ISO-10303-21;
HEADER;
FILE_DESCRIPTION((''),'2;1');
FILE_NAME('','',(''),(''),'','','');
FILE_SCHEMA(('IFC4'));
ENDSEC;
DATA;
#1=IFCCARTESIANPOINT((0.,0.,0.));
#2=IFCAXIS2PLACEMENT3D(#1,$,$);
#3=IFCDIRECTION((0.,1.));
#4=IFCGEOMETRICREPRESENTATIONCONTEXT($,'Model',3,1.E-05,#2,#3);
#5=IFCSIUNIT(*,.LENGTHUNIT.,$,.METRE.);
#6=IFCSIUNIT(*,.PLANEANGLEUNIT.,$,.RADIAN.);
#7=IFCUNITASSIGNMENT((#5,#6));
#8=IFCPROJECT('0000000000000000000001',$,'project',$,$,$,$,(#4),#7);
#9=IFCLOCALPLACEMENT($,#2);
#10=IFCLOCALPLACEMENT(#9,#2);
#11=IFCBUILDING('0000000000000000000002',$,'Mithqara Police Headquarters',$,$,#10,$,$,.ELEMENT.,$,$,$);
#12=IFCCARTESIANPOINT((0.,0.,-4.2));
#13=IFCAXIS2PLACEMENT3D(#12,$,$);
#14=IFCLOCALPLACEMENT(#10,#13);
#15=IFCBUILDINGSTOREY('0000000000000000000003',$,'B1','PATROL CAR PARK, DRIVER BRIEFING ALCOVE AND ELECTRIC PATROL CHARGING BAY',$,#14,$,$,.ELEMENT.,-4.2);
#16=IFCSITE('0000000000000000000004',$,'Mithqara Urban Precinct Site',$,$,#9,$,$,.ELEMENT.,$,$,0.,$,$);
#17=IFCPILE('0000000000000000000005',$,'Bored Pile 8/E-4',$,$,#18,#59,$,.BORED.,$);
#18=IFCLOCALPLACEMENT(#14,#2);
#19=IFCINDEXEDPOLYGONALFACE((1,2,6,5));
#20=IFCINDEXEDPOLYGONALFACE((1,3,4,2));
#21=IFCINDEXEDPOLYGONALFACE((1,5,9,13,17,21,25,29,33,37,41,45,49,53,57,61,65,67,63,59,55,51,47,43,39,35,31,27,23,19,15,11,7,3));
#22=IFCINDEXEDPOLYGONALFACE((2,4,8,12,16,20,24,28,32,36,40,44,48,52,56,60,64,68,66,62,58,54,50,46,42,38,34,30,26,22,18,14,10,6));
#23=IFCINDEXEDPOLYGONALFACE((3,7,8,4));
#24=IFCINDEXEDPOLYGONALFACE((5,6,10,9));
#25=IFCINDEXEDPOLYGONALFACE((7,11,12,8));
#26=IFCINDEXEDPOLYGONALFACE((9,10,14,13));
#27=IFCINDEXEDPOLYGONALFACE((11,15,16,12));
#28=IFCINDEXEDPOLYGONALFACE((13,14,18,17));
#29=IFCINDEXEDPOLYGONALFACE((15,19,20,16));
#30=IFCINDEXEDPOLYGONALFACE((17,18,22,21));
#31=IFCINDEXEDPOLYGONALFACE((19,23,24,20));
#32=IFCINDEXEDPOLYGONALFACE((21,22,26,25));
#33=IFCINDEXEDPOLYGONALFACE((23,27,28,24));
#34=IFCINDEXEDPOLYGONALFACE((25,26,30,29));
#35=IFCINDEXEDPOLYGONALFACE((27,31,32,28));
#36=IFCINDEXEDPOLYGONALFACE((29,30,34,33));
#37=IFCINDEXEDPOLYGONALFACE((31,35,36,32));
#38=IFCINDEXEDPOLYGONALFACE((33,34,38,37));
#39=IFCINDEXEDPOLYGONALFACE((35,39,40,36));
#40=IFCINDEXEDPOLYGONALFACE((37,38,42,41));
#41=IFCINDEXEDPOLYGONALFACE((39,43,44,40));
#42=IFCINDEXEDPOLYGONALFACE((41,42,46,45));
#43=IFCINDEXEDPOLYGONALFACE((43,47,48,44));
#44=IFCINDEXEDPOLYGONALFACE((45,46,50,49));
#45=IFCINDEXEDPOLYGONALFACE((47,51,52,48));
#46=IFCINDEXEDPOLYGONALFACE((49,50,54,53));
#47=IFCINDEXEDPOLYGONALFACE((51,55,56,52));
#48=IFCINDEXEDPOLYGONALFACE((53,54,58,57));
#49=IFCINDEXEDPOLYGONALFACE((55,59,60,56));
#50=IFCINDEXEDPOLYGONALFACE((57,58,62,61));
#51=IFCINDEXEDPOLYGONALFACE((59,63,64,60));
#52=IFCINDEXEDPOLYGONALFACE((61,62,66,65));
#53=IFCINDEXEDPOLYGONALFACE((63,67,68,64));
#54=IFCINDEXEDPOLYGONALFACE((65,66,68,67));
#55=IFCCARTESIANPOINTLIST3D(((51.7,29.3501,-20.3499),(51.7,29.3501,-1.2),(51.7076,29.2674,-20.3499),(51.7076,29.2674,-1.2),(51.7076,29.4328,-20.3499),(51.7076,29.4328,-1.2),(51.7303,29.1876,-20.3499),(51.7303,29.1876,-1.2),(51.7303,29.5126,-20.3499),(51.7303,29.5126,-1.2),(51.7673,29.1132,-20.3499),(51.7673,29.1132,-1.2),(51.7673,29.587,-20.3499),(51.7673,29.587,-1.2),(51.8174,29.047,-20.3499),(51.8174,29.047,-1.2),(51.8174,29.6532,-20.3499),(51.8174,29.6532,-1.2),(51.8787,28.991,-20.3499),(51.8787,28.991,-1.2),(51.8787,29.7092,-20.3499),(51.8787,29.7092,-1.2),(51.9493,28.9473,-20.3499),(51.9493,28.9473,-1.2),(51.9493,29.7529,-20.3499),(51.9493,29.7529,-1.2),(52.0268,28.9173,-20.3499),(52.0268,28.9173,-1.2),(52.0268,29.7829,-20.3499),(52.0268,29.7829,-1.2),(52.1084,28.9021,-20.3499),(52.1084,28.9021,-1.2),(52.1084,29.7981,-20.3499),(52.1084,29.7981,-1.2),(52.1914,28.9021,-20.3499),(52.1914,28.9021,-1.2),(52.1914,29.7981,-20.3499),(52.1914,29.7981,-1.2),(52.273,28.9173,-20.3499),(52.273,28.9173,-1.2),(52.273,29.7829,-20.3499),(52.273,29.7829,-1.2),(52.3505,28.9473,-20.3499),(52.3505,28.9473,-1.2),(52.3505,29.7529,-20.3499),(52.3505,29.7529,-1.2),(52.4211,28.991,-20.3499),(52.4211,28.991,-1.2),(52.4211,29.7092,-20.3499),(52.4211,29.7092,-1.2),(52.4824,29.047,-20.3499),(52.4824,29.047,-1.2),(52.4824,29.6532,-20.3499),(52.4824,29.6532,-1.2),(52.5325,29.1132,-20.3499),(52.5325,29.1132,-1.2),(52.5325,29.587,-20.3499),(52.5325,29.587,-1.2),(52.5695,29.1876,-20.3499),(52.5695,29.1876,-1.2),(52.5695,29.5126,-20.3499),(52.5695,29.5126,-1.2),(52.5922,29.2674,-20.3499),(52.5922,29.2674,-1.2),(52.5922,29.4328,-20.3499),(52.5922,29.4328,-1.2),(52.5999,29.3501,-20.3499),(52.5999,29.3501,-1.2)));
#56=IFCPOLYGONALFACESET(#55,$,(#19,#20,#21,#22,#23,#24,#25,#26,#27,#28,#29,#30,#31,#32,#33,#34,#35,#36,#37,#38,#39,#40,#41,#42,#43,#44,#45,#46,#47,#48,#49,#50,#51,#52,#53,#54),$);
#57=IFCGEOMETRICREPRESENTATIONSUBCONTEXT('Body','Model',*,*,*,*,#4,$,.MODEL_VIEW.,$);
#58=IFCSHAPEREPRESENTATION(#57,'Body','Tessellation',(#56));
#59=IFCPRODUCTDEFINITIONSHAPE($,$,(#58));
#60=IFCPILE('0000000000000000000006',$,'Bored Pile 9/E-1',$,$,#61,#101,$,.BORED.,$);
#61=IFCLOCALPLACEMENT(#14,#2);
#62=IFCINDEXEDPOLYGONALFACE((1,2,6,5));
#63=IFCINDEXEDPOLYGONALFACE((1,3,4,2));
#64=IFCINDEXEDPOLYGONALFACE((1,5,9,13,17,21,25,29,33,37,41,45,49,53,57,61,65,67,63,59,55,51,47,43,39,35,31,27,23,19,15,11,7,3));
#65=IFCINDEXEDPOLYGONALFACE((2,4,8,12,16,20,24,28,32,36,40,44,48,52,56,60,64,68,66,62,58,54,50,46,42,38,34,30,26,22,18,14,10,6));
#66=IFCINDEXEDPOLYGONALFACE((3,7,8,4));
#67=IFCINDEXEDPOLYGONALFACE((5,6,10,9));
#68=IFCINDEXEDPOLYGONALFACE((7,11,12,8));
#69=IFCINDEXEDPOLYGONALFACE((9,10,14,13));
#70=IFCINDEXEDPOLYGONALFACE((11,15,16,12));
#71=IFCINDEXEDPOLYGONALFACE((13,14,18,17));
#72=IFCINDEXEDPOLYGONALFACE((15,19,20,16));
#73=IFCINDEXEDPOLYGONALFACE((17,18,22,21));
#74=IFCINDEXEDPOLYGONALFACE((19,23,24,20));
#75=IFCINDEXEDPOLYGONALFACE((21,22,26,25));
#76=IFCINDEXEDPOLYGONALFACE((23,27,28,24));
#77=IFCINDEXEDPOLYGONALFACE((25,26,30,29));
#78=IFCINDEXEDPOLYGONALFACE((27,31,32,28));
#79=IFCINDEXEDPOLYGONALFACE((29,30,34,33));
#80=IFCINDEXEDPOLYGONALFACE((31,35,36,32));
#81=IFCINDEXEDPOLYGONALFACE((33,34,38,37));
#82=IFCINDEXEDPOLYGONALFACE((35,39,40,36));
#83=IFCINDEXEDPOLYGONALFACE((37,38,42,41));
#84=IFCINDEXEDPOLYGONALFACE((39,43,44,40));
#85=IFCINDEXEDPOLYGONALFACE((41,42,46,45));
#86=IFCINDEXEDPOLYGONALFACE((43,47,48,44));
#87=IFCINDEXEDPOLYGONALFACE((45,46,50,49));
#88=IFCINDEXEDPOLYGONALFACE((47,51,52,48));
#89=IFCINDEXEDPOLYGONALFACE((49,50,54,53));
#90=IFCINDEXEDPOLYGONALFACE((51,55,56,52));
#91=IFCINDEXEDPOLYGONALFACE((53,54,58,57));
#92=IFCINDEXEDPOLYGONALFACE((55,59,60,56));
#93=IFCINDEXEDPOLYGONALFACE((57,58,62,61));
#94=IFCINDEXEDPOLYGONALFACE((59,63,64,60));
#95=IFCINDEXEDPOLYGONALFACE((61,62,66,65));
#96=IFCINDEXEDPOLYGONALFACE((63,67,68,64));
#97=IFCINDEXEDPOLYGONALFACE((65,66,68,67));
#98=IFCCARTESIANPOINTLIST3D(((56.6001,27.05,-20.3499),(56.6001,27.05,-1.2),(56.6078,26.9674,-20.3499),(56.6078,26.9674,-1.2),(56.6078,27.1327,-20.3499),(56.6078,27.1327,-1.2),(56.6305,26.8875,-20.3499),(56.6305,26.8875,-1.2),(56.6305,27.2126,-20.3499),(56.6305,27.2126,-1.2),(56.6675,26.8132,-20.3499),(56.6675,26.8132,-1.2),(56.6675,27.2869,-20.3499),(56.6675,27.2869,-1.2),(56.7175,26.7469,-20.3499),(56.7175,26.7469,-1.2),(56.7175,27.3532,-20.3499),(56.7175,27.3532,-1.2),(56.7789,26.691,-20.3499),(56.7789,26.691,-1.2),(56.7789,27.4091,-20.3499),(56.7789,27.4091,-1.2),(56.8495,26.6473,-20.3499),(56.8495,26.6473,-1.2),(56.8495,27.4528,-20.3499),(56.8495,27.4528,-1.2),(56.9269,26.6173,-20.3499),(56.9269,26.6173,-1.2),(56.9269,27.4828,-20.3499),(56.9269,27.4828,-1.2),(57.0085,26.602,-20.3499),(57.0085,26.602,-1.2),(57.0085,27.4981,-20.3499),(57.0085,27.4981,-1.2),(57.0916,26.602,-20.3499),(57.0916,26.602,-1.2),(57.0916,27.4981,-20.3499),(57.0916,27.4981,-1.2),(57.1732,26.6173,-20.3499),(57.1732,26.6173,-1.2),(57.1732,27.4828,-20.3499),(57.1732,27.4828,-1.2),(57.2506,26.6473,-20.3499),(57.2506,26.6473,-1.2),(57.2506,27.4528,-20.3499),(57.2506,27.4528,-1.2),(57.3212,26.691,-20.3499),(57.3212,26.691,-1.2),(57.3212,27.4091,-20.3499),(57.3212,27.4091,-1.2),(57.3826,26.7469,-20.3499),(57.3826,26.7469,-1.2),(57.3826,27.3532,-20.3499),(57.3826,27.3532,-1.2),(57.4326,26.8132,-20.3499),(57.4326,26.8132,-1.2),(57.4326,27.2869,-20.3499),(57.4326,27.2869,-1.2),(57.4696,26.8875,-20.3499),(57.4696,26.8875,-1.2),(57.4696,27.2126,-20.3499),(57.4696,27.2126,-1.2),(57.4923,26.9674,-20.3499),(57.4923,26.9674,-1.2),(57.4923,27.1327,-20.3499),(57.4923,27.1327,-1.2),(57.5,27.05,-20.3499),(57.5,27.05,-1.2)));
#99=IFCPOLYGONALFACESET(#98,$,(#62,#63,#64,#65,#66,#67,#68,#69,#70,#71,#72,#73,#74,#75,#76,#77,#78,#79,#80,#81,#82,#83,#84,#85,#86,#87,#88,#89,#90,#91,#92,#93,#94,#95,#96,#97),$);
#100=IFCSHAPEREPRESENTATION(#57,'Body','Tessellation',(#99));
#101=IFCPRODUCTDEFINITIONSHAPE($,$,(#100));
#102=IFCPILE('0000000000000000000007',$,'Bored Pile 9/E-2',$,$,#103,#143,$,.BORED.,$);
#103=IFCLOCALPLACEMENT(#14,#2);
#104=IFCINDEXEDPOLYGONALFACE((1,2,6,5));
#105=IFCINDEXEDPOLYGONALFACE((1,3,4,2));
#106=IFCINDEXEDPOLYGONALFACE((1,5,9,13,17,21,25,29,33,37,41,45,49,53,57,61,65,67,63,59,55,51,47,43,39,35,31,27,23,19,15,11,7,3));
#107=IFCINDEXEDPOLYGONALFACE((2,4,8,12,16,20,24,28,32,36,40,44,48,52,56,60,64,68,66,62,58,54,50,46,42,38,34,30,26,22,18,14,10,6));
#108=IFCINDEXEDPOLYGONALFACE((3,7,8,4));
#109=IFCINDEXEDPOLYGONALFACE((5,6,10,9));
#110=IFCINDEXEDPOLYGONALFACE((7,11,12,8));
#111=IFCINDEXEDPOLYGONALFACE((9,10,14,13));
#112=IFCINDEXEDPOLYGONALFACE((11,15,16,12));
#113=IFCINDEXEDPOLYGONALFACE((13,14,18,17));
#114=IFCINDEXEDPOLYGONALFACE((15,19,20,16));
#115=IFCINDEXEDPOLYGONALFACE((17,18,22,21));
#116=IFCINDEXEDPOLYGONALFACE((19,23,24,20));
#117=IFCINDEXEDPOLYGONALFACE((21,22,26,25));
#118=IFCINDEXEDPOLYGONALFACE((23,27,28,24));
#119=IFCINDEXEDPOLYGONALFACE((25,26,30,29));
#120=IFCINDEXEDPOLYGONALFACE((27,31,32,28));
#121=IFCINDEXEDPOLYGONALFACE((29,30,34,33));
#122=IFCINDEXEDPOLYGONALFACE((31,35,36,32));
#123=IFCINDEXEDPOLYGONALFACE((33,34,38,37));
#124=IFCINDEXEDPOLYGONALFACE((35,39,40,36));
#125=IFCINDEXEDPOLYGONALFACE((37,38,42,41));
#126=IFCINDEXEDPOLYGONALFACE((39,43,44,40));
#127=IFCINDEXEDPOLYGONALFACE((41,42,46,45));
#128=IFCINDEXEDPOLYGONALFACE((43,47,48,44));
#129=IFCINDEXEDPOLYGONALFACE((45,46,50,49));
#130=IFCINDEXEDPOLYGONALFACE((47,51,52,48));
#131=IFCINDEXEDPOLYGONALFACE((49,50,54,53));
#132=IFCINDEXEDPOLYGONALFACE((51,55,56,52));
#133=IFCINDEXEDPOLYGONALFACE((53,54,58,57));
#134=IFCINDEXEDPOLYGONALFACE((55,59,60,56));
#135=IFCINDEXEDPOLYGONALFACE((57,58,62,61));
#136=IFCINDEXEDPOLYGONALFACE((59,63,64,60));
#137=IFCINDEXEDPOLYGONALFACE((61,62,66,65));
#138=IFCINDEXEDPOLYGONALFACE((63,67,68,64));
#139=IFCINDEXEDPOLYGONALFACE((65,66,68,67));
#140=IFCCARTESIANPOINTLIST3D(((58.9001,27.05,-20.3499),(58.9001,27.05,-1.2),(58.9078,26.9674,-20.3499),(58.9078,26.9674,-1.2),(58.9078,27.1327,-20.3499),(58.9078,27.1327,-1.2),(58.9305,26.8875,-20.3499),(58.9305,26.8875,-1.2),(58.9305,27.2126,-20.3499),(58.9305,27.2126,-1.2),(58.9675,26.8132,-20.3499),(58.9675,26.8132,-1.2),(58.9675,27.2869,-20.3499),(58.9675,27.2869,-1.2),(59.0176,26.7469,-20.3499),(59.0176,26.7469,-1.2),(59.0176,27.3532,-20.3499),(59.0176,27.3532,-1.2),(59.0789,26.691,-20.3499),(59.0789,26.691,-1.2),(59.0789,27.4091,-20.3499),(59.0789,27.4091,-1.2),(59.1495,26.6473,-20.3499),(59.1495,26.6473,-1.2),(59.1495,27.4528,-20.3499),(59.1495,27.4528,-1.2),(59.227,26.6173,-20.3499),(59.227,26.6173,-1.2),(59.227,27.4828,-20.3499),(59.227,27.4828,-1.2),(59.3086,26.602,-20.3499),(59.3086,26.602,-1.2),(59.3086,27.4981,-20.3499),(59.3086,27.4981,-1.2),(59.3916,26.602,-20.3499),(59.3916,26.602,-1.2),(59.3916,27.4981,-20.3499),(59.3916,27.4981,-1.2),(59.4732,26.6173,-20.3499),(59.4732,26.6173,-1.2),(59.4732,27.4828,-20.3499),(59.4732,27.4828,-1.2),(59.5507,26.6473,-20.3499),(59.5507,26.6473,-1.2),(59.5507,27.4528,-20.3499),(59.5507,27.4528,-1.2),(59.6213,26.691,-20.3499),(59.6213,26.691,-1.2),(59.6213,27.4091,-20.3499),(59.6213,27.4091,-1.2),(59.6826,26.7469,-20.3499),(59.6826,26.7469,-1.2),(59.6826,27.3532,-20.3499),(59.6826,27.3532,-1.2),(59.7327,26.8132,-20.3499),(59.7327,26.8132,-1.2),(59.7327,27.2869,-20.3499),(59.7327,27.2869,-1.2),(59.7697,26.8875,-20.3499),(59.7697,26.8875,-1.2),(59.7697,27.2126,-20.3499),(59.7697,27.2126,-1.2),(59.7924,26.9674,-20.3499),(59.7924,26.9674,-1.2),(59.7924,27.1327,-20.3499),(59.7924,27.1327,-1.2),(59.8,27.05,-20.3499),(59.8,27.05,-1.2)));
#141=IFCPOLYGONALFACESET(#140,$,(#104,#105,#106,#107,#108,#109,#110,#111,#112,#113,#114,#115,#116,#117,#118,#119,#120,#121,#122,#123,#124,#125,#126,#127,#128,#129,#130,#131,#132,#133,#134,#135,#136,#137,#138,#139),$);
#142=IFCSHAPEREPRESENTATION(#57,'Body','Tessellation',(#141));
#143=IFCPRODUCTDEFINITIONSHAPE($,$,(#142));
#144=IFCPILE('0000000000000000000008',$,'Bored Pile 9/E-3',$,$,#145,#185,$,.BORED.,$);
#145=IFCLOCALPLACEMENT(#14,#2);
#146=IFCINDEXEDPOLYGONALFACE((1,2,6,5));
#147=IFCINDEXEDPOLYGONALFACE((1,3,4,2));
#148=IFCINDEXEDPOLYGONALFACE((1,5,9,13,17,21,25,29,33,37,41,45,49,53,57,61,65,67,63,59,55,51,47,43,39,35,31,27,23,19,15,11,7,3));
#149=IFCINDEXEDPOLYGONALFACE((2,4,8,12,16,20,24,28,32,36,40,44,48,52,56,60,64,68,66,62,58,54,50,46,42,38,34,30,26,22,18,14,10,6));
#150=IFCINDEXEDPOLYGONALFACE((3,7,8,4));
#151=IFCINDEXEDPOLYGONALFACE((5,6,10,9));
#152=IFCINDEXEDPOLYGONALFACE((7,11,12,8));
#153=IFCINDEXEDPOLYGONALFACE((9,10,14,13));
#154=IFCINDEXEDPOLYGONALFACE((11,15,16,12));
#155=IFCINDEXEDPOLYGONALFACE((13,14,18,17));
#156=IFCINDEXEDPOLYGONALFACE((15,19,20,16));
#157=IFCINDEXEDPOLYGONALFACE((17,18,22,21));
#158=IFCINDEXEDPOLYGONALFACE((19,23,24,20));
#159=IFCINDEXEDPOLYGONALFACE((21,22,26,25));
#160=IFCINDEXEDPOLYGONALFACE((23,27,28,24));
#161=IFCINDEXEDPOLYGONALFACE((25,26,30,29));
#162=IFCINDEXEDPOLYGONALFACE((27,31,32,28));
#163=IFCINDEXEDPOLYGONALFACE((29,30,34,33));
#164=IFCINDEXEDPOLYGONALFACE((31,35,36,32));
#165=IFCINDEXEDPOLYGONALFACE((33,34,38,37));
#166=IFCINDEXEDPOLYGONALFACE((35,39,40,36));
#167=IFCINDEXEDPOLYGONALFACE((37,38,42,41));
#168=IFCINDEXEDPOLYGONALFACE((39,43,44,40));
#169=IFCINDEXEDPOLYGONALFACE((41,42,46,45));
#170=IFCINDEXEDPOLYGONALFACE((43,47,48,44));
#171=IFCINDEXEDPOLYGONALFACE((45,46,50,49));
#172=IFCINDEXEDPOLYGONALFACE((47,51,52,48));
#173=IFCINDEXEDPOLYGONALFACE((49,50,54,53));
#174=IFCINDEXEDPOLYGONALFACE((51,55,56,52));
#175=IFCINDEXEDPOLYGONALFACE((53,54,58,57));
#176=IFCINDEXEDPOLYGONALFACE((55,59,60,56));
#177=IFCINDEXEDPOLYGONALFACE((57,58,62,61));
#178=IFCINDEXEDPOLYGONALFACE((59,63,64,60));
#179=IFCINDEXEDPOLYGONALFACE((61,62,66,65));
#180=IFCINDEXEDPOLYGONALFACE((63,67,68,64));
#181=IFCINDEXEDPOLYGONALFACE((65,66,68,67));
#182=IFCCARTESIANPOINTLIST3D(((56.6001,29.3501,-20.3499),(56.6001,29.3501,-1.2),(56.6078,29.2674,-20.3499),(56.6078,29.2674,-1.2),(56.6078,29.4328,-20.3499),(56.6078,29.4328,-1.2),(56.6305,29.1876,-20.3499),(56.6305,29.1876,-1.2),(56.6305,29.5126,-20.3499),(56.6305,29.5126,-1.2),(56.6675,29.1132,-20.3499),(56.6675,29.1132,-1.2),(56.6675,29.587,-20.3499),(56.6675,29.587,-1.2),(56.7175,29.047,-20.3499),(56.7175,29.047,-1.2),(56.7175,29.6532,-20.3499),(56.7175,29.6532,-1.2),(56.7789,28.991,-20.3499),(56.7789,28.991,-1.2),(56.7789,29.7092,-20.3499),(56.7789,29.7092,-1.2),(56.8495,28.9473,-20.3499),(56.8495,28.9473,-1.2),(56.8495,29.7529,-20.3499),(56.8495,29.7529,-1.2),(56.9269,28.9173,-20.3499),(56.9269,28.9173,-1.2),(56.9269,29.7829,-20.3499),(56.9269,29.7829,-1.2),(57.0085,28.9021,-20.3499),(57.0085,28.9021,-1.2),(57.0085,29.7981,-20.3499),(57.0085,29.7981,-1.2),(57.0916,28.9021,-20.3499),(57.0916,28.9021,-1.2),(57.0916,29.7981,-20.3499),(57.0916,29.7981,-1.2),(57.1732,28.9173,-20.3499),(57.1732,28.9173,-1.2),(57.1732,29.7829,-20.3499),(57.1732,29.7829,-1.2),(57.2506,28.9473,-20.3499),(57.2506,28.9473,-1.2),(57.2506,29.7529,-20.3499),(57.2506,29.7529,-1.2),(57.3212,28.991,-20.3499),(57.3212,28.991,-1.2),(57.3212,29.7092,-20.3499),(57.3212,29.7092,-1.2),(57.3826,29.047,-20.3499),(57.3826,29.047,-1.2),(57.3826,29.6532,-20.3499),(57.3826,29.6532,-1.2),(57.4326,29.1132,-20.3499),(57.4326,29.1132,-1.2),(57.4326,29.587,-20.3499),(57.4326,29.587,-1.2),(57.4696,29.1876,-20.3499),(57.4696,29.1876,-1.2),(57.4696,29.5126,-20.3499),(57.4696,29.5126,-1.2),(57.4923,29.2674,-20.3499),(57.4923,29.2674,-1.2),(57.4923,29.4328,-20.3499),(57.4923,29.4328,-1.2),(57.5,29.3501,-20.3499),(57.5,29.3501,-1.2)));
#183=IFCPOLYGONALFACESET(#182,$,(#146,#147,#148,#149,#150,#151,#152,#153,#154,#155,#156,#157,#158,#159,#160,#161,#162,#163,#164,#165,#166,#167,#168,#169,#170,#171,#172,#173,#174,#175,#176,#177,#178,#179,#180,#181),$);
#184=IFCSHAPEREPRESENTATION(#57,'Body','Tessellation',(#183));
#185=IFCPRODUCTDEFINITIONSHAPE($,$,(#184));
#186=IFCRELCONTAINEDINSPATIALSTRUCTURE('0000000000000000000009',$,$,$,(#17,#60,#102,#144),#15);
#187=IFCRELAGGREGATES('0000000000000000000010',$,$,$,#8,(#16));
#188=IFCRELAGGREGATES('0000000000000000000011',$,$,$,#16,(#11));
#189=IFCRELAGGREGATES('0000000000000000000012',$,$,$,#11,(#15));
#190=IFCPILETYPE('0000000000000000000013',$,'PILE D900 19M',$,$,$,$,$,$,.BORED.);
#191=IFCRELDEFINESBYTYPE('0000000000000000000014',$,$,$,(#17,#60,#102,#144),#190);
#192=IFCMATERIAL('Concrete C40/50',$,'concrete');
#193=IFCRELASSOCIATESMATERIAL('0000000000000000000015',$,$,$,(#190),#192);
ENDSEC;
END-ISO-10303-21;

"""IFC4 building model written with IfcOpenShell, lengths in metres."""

from ifc_helpers import new_model, si_unit, direction, frame, origin, origin_2d, place, context, subcontext, project, spatial, circle, extrude, material, material_profile, profile_set, type_object, element, save


model = new_model("IFC4")

# Units and contexts
model_context = context("Model", 3, precision=1e-05, world=origin(), true_north=direction((0.0, 1.0)))
body_context = subcontext(model_context, "Body", "Model", "MODEL_VIEW")
ifc_project = project(units=[si_unit("LENGTHUNIT", "METRE"), si_unit("PLANEANGLEUNIT", "RADIAN")], contexts=[model_context])

# Site, building, storey
site_placement = place(None, origin())
site = spatial("IfcSite", under=ifc_project, at=site_placement, Name="Mithqara Urban Precinct Site", CompositionType="ELEMENT", RefElevation=0.0)
building_placement = place(site_placement, origin())
building = spatial("IfcBuilding", under=site, at=building_placement, Name="Mithqara Police Headquarters", CompositionType="ELEMENT")
storey_placement = place(building_placement, frame((0.0, 0.0, -4.2)))
storey = spatial("IfcBuildingStorey", under=building, at=storey_placement, Name="B1", Description="PATROL CAR PARK, DRIVER BRIEFING ALCOVE AND ELECTRIC PATROL CHARGING BAY", CompositionType="ELEMENT", Elevation=-4.2)

# Shared definitions
ifc_material_1 = material(Name="Concrete C40/50", Category="concrete")

# Piles
ifc_material_profile_1 = material_profile(ifc_material_1, circle(Radius=0.45, at=origin_2d()), Name="PILE D900")
ifc_profile_set_1 = profile_set([ifc_material_profile_1], Name="Concrete C40/50")
pile_type = type_object("IfcPileType", Name="PILE D900 19M", PredefinedType="BORED", material=ifc_profile_set_1)
for number, where, z_axis, x_axis, name in (
    (1, (52.1499, 29.3501, -1.2), (0.0, 0.0, -1.0), (1.0, 0.0, 0.0), "Bored Pile 8/E-4"),
    (2, (57.05, 27.05, -1.2), (0.0, 0.0, -1.0), (1.0, 0.0, 0.0), "Bored Pile 9/E-1"),
    (3, (59.3501, 27.05, -1.2), (0.0, 0.0, -1.0), (1.0, 0.0, 0.0), "Bored Pile 9/E-2"),
    (4, (57.05, 29.3501, -1.2), (0.0, 0.0, -1.0), (1.0, 0.0, 0.0), "Bored Pile 9/E-3"),
):
    element("IfcPile", number, at=place(storey_placement, frame(where, z_axis=z_axis, x_axis=x_axis)), inside=storey, type_object=pile_type, Name=name, PredefinedType="BORED", context=body_context, shape_type="SweptSolid", body=[
        extrude(circle(Radius=0.45, at=origin_2d()), origin(), (0.0, 0.0, 1.0), 19.1499),
    ])

save(model, "model.ifc")
